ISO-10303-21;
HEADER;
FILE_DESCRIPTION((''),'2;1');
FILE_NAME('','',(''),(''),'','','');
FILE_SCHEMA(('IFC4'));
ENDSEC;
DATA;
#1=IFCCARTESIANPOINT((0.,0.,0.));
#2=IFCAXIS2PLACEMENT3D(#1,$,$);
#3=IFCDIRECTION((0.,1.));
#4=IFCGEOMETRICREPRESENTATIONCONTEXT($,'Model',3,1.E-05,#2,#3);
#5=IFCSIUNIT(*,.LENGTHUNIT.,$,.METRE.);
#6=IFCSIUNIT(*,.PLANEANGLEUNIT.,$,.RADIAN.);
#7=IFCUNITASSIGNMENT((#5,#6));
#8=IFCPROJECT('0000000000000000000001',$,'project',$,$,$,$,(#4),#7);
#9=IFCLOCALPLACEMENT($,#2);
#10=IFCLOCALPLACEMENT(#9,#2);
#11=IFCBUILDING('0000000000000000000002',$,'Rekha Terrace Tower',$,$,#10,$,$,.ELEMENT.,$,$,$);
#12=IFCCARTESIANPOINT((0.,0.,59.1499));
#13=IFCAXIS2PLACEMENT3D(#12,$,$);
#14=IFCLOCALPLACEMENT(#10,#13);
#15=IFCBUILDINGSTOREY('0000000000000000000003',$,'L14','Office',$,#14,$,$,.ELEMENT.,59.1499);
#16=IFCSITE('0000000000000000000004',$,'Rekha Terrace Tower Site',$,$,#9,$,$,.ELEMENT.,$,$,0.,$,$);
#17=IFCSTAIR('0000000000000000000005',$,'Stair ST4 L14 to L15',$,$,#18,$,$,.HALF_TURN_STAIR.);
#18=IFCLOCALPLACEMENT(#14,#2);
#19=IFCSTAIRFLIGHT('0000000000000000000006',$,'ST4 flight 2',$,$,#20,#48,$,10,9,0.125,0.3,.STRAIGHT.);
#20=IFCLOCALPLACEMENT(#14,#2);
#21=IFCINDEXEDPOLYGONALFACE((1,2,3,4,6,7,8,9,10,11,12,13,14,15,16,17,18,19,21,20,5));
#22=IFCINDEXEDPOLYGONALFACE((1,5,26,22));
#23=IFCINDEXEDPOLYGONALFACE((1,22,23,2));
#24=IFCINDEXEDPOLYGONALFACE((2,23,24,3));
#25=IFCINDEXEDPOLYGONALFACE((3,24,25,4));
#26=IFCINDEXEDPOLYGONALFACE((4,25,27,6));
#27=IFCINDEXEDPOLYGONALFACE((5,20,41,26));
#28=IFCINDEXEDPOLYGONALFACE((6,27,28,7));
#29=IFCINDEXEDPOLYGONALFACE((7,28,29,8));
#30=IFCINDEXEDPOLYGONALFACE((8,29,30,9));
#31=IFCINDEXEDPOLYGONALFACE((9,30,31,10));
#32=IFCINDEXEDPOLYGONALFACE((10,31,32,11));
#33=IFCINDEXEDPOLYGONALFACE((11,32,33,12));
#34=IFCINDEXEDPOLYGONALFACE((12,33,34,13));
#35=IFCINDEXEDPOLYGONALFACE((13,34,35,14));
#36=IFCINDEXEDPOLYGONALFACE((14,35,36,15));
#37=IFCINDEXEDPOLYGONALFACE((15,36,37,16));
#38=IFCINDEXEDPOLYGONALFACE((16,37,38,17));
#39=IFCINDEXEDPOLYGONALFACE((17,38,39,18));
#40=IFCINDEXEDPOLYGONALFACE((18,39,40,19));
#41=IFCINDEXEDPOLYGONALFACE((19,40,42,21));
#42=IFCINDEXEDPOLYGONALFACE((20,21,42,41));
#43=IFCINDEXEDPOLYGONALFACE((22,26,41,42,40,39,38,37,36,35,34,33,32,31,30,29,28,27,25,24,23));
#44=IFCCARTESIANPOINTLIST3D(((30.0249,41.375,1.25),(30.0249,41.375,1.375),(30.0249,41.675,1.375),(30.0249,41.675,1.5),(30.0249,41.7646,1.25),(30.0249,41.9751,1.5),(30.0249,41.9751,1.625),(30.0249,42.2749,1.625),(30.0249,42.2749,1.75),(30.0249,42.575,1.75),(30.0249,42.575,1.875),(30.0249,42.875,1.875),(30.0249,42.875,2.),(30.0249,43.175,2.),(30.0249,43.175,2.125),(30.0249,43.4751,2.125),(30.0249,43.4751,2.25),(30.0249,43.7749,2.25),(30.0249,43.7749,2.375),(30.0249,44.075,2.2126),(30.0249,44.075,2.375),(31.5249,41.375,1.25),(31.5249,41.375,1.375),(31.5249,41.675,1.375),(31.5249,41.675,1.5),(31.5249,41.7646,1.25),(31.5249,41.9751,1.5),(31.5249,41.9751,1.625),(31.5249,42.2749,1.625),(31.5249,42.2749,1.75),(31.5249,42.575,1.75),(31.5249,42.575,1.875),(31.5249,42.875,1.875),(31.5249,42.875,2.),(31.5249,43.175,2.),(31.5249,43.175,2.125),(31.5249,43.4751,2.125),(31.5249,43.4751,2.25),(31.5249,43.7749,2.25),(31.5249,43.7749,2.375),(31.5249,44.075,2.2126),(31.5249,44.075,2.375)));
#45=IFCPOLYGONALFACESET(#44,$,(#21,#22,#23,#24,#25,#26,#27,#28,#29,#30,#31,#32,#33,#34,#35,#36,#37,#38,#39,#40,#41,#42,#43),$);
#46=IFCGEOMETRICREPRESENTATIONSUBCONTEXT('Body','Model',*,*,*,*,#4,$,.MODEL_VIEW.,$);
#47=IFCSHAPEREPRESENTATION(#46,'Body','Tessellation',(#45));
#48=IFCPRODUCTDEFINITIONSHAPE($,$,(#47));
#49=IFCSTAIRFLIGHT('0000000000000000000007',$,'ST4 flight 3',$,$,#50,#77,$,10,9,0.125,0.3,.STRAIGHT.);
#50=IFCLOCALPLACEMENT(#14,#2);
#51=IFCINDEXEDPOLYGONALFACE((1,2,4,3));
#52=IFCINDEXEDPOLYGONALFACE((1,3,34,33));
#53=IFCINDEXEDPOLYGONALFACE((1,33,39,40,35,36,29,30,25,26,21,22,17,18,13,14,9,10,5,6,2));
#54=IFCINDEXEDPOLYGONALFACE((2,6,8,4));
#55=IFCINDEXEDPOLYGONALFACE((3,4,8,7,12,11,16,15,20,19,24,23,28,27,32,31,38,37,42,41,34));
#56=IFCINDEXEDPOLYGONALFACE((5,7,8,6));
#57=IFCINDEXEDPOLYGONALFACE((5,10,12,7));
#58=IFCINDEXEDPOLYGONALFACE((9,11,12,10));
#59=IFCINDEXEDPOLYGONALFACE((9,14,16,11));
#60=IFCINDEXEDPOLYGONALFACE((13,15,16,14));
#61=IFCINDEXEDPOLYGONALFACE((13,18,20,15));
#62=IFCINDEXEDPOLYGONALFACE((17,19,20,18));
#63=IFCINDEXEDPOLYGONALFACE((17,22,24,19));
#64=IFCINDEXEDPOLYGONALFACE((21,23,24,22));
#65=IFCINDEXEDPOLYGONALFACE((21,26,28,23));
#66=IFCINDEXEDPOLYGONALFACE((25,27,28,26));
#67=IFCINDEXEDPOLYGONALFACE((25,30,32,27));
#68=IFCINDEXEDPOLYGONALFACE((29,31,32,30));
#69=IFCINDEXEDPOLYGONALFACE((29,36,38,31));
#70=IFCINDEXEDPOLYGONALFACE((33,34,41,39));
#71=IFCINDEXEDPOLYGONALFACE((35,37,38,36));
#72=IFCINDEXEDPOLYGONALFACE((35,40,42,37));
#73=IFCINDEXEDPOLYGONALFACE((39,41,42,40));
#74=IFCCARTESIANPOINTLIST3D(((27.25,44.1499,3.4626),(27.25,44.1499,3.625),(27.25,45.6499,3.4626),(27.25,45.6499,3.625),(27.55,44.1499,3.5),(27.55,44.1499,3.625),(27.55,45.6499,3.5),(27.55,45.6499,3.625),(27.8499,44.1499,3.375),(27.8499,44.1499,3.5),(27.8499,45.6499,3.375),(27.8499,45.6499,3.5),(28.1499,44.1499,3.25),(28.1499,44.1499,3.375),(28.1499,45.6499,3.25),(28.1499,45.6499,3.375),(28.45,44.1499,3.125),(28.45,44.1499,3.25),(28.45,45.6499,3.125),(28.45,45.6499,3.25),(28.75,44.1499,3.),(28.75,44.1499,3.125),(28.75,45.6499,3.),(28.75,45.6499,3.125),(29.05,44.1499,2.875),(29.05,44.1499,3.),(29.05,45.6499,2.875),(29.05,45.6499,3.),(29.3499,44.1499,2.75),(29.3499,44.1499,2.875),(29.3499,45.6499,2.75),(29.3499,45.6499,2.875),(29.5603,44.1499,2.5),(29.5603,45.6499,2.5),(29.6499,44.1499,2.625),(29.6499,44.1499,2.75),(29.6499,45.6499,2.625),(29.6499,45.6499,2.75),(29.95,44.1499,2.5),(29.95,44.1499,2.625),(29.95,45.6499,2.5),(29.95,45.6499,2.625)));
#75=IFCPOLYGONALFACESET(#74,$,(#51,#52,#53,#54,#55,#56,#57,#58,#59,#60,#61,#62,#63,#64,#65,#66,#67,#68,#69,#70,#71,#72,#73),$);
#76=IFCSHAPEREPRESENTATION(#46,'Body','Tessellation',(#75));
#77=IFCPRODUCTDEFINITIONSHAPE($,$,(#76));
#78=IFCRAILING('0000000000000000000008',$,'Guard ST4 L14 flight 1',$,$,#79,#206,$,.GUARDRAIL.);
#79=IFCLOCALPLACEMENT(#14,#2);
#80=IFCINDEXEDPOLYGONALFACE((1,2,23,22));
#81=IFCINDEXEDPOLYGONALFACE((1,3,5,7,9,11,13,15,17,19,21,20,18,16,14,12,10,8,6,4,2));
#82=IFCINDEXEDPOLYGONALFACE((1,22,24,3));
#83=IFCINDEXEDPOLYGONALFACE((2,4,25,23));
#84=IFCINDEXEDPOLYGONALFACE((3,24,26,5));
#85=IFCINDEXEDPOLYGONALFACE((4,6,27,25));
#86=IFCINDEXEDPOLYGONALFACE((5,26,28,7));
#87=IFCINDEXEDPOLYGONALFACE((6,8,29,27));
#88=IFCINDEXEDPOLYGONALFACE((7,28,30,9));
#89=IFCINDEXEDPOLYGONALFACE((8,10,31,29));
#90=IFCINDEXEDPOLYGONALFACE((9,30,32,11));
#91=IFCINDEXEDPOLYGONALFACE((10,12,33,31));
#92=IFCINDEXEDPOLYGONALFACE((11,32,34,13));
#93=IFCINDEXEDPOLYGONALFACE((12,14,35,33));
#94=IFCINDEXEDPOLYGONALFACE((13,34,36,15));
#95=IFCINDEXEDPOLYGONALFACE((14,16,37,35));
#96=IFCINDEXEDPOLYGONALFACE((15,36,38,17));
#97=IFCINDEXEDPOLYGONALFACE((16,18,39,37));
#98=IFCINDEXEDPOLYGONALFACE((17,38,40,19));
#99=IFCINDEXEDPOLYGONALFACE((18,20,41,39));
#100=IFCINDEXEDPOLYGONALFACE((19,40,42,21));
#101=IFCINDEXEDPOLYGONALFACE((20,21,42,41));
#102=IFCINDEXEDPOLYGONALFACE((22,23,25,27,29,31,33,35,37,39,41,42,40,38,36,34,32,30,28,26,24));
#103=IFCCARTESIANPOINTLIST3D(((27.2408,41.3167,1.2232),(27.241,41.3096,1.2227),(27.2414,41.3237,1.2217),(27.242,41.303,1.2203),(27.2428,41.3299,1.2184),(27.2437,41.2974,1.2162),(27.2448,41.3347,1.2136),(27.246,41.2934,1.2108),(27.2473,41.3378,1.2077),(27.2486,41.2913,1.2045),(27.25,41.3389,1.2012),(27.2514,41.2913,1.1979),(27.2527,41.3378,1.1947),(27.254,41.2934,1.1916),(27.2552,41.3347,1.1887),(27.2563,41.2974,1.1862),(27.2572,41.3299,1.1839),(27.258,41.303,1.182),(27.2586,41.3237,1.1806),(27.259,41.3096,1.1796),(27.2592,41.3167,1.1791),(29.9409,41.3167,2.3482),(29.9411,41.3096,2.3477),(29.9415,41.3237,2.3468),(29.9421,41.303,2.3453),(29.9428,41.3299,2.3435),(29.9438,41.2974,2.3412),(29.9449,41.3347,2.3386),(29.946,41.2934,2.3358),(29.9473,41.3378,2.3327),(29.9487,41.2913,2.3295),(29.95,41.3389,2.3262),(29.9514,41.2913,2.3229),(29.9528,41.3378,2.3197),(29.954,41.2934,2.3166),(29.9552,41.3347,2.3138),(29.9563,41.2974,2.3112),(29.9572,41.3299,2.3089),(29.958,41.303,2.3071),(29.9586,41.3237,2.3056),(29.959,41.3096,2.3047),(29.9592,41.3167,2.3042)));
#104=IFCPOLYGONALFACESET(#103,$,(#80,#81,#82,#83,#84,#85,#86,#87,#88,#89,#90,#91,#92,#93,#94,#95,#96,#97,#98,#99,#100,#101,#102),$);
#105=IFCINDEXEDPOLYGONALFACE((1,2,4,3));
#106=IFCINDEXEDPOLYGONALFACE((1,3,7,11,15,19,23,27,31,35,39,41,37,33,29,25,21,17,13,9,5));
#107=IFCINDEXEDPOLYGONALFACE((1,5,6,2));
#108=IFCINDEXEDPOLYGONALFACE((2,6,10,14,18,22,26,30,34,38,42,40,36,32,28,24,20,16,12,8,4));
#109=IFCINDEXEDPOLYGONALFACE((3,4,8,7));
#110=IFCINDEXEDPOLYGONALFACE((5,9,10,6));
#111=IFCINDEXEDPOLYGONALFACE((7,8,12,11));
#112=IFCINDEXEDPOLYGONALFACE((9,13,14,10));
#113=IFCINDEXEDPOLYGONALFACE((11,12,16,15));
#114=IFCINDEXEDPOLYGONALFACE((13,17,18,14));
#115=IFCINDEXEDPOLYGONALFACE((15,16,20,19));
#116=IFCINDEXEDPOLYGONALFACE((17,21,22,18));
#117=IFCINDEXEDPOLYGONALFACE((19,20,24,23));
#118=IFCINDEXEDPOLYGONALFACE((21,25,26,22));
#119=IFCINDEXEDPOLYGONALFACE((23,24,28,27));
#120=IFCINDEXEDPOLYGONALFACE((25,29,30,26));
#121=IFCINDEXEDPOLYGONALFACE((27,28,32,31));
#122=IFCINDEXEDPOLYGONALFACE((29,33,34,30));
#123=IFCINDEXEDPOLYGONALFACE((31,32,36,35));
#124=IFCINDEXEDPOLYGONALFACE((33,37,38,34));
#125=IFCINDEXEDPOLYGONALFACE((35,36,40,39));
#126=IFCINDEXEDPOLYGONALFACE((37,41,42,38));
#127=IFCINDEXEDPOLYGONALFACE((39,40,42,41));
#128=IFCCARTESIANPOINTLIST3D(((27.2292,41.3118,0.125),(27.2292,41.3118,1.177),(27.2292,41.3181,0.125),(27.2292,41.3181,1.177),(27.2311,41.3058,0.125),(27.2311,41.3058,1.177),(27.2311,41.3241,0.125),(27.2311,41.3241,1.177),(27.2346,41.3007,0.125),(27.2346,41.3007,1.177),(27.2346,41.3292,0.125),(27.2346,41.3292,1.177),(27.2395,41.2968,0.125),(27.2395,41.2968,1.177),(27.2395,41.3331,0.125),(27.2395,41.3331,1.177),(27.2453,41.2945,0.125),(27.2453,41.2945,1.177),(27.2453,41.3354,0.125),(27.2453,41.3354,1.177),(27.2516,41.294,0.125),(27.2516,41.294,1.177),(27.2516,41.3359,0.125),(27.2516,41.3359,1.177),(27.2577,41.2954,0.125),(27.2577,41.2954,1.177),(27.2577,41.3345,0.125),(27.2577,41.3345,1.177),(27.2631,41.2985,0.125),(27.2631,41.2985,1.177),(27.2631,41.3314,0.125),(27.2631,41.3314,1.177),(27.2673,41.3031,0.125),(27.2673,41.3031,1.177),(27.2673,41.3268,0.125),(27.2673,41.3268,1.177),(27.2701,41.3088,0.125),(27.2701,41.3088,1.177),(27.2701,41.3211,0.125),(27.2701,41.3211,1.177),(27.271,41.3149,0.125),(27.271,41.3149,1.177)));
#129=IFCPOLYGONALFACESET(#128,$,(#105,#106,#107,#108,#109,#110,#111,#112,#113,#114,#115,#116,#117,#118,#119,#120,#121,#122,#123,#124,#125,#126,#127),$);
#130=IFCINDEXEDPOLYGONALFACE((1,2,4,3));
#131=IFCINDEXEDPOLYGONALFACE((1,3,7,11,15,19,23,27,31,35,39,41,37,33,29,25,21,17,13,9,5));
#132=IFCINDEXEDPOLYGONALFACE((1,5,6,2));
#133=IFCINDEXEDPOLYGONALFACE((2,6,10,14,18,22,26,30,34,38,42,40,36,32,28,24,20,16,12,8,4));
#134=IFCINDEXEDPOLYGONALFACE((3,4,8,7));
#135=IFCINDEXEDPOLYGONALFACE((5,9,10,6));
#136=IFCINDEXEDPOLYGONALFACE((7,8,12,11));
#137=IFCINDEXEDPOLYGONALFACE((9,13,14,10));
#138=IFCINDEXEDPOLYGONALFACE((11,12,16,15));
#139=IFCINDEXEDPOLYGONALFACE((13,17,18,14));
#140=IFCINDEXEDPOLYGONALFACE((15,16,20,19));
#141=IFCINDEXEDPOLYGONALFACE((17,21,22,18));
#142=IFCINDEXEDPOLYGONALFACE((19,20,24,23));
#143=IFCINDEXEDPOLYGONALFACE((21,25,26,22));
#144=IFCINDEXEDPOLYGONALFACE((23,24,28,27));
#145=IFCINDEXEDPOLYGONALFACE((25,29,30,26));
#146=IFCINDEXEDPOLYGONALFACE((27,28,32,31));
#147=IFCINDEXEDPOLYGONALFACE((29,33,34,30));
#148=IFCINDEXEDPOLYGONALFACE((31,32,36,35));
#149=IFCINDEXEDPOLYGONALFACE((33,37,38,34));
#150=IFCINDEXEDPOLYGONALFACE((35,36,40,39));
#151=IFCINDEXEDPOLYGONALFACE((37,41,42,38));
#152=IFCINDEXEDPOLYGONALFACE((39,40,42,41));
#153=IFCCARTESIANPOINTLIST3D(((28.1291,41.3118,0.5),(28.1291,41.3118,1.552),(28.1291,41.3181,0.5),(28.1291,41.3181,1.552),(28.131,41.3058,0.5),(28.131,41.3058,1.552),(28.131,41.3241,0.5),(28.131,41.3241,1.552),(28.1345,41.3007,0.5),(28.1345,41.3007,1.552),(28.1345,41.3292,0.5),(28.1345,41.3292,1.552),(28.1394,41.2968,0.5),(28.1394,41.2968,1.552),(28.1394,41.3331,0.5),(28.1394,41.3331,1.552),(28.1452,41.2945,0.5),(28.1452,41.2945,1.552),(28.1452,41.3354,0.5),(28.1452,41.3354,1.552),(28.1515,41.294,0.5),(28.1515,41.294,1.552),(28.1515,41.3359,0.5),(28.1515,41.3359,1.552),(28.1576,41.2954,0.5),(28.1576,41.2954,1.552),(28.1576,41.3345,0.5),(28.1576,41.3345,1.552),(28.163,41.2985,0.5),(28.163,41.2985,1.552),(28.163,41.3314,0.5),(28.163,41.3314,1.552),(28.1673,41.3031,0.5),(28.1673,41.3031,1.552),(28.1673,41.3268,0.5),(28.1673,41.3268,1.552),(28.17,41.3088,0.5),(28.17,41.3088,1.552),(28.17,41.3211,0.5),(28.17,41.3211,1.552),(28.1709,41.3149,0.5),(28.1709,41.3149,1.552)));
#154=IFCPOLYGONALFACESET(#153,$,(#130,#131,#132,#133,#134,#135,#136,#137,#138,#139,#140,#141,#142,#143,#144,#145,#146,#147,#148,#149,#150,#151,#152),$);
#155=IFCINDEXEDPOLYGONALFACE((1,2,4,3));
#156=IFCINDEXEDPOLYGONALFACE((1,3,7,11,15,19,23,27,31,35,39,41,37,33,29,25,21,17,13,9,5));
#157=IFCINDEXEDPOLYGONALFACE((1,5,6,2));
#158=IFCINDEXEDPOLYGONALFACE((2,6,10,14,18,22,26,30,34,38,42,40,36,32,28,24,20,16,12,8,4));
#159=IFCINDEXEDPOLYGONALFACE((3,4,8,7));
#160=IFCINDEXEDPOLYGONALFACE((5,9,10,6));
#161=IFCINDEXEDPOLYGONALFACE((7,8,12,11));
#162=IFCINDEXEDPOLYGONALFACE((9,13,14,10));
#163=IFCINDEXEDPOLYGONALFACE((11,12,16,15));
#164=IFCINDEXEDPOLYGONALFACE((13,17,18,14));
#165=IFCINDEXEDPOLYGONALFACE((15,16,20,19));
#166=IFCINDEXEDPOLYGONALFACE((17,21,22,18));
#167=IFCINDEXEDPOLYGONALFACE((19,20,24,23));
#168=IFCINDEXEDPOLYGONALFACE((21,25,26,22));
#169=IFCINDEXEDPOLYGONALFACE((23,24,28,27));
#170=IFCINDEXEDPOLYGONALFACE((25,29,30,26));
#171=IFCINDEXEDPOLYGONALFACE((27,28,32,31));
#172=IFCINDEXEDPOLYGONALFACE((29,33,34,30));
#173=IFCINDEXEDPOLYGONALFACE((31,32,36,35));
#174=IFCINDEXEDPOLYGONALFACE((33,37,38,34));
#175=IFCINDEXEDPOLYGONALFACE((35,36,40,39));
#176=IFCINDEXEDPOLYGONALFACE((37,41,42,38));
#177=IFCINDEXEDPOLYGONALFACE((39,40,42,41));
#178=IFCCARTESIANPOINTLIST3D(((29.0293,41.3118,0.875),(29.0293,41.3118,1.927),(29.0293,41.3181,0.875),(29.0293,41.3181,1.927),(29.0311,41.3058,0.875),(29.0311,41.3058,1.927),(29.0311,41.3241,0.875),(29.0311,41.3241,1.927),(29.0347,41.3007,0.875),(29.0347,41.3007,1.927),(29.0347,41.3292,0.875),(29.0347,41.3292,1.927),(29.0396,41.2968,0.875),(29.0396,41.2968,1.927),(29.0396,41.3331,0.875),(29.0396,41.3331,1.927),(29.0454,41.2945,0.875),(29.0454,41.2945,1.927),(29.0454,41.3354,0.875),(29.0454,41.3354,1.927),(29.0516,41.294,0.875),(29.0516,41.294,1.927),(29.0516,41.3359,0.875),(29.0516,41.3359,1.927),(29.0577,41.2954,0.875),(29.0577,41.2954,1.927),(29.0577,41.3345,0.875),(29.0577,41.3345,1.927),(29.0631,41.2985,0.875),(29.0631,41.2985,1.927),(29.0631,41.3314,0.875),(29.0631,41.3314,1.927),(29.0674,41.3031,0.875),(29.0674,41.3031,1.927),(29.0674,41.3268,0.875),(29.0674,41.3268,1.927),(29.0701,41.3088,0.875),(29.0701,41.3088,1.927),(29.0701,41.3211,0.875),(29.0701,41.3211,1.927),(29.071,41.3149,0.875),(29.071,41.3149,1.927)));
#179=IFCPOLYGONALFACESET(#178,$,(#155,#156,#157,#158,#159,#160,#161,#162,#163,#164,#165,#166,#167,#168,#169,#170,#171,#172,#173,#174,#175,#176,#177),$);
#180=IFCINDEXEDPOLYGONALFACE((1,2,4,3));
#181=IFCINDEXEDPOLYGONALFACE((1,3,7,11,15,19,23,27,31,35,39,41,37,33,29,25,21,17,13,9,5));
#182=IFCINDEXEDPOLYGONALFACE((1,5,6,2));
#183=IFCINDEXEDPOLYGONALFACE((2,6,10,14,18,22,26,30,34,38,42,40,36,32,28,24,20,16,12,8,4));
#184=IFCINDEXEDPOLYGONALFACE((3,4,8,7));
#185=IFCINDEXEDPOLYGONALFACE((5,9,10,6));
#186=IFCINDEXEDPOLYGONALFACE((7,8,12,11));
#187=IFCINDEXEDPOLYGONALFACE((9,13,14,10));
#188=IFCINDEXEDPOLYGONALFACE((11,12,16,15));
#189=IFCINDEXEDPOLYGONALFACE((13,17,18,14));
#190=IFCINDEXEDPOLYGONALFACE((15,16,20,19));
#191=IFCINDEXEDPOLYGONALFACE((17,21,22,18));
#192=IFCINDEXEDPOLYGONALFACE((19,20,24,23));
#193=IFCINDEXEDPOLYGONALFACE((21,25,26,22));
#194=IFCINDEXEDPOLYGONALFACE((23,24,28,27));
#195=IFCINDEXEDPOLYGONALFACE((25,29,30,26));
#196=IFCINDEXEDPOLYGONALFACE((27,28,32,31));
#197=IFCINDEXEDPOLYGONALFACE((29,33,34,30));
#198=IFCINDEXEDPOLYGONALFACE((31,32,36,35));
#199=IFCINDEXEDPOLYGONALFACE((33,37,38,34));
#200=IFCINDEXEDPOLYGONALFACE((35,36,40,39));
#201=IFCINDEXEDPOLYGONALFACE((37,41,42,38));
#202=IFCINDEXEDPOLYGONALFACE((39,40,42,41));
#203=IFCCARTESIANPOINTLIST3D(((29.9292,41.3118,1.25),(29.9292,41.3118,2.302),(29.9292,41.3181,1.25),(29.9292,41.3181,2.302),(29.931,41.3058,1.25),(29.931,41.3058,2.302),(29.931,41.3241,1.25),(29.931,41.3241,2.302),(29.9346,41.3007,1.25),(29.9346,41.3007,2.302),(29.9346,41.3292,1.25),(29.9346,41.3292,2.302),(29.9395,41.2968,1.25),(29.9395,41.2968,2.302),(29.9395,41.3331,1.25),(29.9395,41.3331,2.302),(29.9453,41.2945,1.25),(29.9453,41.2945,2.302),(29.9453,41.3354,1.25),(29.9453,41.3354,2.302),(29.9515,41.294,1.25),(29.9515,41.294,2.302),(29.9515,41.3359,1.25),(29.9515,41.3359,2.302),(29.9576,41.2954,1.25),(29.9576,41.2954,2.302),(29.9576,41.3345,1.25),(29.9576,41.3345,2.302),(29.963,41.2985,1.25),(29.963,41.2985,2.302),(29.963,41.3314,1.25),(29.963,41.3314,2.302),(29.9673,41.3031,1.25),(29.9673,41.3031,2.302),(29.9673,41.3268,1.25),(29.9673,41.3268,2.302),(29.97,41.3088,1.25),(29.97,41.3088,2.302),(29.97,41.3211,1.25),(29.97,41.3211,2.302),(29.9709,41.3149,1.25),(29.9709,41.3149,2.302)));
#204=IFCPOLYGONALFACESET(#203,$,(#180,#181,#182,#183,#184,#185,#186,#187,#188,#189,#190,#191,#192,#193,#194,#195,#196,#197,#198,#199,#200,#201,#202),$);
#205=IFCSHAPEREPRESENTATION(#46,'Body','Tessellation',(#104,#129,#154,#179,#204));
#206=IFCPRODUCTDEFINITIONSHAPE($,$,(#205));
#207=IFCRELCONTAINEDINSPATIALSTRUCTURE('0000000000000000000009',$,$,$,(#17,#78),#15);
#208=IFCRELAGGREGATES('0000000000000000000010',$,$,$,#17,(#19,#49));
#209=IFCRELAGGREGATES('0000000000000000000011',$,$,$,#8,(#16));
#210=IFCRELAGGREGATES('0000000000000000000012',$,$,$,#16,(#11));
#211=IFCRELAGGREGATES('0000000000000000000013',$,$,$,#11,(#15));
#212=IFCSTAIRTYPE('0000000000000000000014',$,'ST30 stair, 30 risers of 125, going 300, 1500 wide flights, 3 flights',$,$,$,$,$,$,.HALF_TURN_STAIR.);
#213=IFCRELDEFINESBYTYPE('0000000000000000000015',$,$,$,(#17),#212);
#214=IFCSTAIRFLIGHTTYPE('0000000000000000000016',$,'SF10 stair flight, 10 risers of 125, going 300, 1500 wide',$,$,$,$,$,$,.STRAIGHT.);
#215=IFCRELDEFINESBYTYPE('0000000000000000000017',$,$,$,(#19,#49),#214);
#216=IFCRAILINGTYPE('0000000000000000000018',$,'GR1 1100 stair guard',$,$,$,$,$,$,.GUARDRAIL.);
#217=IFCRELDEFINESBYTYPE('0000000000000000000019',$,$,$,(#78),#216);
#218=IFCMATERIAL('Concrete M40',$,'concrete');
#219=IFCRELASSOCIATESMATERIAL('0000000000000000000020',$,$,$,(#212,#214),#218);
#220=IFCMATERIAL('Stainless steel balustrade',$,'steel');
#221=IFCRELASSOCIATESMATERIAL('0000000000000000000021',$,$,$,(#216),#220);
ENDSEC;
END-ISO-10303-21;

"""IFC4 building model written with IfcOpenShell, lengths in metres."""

from ifc_helpers import new_model, si_unit, direction, frame, origin, origin_2d, place, context, subcontext, project, spatial, polyline, circle, outline, extrude, material, type_object, element, aggregate, save


model = new_model("IFC4")

# Units and contexts
model_context = context("Model", 3, precision=1e-05, world=origin(), true_north=direction((0.0, 1.0)))
body_context = subcontext(model_context, "Body", "Model", "MODEL_VIEW")
ifc_project = project(units=[si_unit("LENGTHUNIT", "METRE"), si_unit("PLANEANGLEUNIT", "RADIAN")], contexts=[model_context])

# Site, building, storey
site_placement = place(None, origin())
site = spatial("IfcSite", under=ifc_project, at=site_placement, Name="Rekha Terrace Tower Site", CompositionType="ELEMENT", RefElevation=0.0)
building_placement = place(site_placement, origin())
building = spatial("IfcBuilding", under=site, at=building_placement, Name="Rekha Terrace Tower", CompositionType="ELEMENT")
storey_placement = place(building_placement, frame((0.0, 0.0, 59.1499)))
storey = spatial("IfcBuildingStorey", under=building, at=storey_placement, Name="L14", Description="Office", CompositionType="ELEMENT", Elevation=59.1499)

# Stair, stair flights
ifc_material_1 = material(Name="Concrete M40", Category="concrete")
stair_type = type_object("IfcStairType", Name="ST30 stair, 30 risers of 125, going 300, 1500 wide flights, 3 flights", PredefinedType="HALF_TURN_STAIR", material=ifc_material_1)
stair_placement = place(storey_placement, origin())
stair = element("IfcStair", 1, at=stair_placement, inside=storey, type_object=stair_type, Name="Stair ST4 L14 to L15", PredefinedType="HALF_TURN_STAIR")
stair_flight_type = type_object("IfcStairFlightType", Name="SF10 stair flight, 10 risers of 125, going 300, 1500 wide", PredefinedType="STRAIGHT", material=ifc_material_1)
stair_flight_1_placement = place(storey_placement, frame((30.7749, 41.375, 1.25), z_axis=(0.0, 0.0, 1.0), x_axis=(0.0, 1.0, 0.0)))
stair_flight_1 = element("IfcStairFlight", 2, at=stair_flight_1_placement, type_object=stair_flight_type, Name="ST4 flight 2", NumberOfRisers=10, NumberOfTreads=9, PredefinedType="STRAIGHT", RiserHeight=0.125, TreadLength=0.3, context=body_context, shape_type="SweptSolid", body=[
    extrude(outline(polyline([(0.0, 0.0), (0.0, 0.125), (0.3, 0.125), (0.3, 0.25), (0.6001, 0.25), (0.6001, 0.375), (0.8999, 0.375), (0.8999, 0.5), (1.2, 0.5), (1.2, 0.625), (1.5, 0.625), (1.5, 0.75), (1.8, 0.75), (1.8, 0.875), (2.1001, 0.875), (2.1001, 1.0), (2.3999, 1.0), (2.3999, 1.125), (2.7, 1.125), (2.7, 1.25), (2.7, 0.9626), (0.3896, 0.0), (0.0, 0.0)])), frame((0.0, 0.75, 0.0), z_axis=(0.0, -1.0, 0.0), x_axis=(1.0, 0.0, 0.0)), (0.0, 0.0, 1.0), 1.5),
])
stair_flight_2_placement = place(storey_placement, frame((29.95, 44.8999, 2.5), z_axis=(0.0, 0.0, 1.0), x_axis=(-1.0, 0.0, 0.0)))
stair_flight_2 = element("IfcStairFlight", 3, at=stair_flight_2_placement, type_object=stair_flight_type, Name="ST4 flight 3", NumberOfRisers=10, NumberOfTreads=9, PredefinedType="STRAIGHT", RiserHeight=0.125, TreadLength=0.3, context=body_context, shape_type="SweptSolid", body=[
    extrude(outline(polyline([(0.0, 0.0), (0.0, 0.125), (0.3, 0.125), (0.3, 0.25), (0.6001, 0.25), (0.6001, 0.375), (0.8999, 0.375), (0.8999, 0.5), (1.2, 0.5), (1.2, 0.625), (1.5, 0.625), (1.5, 0.75), (1.8, 0.75), (1.8, 0.875), (2.1001, 0.875), (2.1001, 1.0), (2.3999, 1.0), (2.3999, 1.125), (2.7, 1.125), (2.7, 1.25), (2.7, 0.9626), (0.3896, 0.0), (0.0, 0.0)])), frame((0.0, 0.75, 0.0), z_axis=(0.0, -1.0, 0.0), x_axis=(1.0, 0.0, 0.0)), (0.0, 0.0, 1.0), 1.5),
])
aggregate(stair, [stair_flight_1, stair_flight_2])

# Railing
ifc_material_2 = material(Name="Stainless steel balustrade", Category="steel")
railing_type_1 = type_object("IfcRailingType", Name="GR1 1100 stair guard", PredefinedType="GUARDRAIL", material=ifc_material_2)
railing_1_placement = place(storey_placement, frame((27.25, 41.3149, 0.125)))
element("IfcRailing", 4, at=railing_1_placement, inside=storey, type_object=railing_type_1, Name="Guard ST4 L14 flight 1", PredefinedType="GUARDRAIL", context=body_context, shape_type="SweptSolid", body=[
    extrude(circle(Radius=0.0239, at=origin_2d()), frame((0.0, 0.0, 1.0762), z_axis=(0.923074, 0.0, 0.384621), x_axis=(0.0, 1.0, 0.0)), (0.0, 0.0, 1.0), 2.925),
    extrude(circle(Radius=0.021, at=origin_2d()), origin(), (0.0, 0.0, 1.0), 1.052),
    extrude(circle(Radius=0.021, at=origin_2d()), frame((0.8999, 0.0, 0.375)), (0.0, 0.0, 1.0), 1.052),
    extrude(circle(Radius=0.021, at=origin_2d()), frame((1.8, 0.0, 0.75)), (0.0, 0.0, 1.0), 1.052),
    extrude(circle(Radius=0.021, at=origin_2d()), frame((2.7, 0.0, 1.125)), (0.0, 0.0, 1.0), 1.052),
])

save(model, "model.ifc")
